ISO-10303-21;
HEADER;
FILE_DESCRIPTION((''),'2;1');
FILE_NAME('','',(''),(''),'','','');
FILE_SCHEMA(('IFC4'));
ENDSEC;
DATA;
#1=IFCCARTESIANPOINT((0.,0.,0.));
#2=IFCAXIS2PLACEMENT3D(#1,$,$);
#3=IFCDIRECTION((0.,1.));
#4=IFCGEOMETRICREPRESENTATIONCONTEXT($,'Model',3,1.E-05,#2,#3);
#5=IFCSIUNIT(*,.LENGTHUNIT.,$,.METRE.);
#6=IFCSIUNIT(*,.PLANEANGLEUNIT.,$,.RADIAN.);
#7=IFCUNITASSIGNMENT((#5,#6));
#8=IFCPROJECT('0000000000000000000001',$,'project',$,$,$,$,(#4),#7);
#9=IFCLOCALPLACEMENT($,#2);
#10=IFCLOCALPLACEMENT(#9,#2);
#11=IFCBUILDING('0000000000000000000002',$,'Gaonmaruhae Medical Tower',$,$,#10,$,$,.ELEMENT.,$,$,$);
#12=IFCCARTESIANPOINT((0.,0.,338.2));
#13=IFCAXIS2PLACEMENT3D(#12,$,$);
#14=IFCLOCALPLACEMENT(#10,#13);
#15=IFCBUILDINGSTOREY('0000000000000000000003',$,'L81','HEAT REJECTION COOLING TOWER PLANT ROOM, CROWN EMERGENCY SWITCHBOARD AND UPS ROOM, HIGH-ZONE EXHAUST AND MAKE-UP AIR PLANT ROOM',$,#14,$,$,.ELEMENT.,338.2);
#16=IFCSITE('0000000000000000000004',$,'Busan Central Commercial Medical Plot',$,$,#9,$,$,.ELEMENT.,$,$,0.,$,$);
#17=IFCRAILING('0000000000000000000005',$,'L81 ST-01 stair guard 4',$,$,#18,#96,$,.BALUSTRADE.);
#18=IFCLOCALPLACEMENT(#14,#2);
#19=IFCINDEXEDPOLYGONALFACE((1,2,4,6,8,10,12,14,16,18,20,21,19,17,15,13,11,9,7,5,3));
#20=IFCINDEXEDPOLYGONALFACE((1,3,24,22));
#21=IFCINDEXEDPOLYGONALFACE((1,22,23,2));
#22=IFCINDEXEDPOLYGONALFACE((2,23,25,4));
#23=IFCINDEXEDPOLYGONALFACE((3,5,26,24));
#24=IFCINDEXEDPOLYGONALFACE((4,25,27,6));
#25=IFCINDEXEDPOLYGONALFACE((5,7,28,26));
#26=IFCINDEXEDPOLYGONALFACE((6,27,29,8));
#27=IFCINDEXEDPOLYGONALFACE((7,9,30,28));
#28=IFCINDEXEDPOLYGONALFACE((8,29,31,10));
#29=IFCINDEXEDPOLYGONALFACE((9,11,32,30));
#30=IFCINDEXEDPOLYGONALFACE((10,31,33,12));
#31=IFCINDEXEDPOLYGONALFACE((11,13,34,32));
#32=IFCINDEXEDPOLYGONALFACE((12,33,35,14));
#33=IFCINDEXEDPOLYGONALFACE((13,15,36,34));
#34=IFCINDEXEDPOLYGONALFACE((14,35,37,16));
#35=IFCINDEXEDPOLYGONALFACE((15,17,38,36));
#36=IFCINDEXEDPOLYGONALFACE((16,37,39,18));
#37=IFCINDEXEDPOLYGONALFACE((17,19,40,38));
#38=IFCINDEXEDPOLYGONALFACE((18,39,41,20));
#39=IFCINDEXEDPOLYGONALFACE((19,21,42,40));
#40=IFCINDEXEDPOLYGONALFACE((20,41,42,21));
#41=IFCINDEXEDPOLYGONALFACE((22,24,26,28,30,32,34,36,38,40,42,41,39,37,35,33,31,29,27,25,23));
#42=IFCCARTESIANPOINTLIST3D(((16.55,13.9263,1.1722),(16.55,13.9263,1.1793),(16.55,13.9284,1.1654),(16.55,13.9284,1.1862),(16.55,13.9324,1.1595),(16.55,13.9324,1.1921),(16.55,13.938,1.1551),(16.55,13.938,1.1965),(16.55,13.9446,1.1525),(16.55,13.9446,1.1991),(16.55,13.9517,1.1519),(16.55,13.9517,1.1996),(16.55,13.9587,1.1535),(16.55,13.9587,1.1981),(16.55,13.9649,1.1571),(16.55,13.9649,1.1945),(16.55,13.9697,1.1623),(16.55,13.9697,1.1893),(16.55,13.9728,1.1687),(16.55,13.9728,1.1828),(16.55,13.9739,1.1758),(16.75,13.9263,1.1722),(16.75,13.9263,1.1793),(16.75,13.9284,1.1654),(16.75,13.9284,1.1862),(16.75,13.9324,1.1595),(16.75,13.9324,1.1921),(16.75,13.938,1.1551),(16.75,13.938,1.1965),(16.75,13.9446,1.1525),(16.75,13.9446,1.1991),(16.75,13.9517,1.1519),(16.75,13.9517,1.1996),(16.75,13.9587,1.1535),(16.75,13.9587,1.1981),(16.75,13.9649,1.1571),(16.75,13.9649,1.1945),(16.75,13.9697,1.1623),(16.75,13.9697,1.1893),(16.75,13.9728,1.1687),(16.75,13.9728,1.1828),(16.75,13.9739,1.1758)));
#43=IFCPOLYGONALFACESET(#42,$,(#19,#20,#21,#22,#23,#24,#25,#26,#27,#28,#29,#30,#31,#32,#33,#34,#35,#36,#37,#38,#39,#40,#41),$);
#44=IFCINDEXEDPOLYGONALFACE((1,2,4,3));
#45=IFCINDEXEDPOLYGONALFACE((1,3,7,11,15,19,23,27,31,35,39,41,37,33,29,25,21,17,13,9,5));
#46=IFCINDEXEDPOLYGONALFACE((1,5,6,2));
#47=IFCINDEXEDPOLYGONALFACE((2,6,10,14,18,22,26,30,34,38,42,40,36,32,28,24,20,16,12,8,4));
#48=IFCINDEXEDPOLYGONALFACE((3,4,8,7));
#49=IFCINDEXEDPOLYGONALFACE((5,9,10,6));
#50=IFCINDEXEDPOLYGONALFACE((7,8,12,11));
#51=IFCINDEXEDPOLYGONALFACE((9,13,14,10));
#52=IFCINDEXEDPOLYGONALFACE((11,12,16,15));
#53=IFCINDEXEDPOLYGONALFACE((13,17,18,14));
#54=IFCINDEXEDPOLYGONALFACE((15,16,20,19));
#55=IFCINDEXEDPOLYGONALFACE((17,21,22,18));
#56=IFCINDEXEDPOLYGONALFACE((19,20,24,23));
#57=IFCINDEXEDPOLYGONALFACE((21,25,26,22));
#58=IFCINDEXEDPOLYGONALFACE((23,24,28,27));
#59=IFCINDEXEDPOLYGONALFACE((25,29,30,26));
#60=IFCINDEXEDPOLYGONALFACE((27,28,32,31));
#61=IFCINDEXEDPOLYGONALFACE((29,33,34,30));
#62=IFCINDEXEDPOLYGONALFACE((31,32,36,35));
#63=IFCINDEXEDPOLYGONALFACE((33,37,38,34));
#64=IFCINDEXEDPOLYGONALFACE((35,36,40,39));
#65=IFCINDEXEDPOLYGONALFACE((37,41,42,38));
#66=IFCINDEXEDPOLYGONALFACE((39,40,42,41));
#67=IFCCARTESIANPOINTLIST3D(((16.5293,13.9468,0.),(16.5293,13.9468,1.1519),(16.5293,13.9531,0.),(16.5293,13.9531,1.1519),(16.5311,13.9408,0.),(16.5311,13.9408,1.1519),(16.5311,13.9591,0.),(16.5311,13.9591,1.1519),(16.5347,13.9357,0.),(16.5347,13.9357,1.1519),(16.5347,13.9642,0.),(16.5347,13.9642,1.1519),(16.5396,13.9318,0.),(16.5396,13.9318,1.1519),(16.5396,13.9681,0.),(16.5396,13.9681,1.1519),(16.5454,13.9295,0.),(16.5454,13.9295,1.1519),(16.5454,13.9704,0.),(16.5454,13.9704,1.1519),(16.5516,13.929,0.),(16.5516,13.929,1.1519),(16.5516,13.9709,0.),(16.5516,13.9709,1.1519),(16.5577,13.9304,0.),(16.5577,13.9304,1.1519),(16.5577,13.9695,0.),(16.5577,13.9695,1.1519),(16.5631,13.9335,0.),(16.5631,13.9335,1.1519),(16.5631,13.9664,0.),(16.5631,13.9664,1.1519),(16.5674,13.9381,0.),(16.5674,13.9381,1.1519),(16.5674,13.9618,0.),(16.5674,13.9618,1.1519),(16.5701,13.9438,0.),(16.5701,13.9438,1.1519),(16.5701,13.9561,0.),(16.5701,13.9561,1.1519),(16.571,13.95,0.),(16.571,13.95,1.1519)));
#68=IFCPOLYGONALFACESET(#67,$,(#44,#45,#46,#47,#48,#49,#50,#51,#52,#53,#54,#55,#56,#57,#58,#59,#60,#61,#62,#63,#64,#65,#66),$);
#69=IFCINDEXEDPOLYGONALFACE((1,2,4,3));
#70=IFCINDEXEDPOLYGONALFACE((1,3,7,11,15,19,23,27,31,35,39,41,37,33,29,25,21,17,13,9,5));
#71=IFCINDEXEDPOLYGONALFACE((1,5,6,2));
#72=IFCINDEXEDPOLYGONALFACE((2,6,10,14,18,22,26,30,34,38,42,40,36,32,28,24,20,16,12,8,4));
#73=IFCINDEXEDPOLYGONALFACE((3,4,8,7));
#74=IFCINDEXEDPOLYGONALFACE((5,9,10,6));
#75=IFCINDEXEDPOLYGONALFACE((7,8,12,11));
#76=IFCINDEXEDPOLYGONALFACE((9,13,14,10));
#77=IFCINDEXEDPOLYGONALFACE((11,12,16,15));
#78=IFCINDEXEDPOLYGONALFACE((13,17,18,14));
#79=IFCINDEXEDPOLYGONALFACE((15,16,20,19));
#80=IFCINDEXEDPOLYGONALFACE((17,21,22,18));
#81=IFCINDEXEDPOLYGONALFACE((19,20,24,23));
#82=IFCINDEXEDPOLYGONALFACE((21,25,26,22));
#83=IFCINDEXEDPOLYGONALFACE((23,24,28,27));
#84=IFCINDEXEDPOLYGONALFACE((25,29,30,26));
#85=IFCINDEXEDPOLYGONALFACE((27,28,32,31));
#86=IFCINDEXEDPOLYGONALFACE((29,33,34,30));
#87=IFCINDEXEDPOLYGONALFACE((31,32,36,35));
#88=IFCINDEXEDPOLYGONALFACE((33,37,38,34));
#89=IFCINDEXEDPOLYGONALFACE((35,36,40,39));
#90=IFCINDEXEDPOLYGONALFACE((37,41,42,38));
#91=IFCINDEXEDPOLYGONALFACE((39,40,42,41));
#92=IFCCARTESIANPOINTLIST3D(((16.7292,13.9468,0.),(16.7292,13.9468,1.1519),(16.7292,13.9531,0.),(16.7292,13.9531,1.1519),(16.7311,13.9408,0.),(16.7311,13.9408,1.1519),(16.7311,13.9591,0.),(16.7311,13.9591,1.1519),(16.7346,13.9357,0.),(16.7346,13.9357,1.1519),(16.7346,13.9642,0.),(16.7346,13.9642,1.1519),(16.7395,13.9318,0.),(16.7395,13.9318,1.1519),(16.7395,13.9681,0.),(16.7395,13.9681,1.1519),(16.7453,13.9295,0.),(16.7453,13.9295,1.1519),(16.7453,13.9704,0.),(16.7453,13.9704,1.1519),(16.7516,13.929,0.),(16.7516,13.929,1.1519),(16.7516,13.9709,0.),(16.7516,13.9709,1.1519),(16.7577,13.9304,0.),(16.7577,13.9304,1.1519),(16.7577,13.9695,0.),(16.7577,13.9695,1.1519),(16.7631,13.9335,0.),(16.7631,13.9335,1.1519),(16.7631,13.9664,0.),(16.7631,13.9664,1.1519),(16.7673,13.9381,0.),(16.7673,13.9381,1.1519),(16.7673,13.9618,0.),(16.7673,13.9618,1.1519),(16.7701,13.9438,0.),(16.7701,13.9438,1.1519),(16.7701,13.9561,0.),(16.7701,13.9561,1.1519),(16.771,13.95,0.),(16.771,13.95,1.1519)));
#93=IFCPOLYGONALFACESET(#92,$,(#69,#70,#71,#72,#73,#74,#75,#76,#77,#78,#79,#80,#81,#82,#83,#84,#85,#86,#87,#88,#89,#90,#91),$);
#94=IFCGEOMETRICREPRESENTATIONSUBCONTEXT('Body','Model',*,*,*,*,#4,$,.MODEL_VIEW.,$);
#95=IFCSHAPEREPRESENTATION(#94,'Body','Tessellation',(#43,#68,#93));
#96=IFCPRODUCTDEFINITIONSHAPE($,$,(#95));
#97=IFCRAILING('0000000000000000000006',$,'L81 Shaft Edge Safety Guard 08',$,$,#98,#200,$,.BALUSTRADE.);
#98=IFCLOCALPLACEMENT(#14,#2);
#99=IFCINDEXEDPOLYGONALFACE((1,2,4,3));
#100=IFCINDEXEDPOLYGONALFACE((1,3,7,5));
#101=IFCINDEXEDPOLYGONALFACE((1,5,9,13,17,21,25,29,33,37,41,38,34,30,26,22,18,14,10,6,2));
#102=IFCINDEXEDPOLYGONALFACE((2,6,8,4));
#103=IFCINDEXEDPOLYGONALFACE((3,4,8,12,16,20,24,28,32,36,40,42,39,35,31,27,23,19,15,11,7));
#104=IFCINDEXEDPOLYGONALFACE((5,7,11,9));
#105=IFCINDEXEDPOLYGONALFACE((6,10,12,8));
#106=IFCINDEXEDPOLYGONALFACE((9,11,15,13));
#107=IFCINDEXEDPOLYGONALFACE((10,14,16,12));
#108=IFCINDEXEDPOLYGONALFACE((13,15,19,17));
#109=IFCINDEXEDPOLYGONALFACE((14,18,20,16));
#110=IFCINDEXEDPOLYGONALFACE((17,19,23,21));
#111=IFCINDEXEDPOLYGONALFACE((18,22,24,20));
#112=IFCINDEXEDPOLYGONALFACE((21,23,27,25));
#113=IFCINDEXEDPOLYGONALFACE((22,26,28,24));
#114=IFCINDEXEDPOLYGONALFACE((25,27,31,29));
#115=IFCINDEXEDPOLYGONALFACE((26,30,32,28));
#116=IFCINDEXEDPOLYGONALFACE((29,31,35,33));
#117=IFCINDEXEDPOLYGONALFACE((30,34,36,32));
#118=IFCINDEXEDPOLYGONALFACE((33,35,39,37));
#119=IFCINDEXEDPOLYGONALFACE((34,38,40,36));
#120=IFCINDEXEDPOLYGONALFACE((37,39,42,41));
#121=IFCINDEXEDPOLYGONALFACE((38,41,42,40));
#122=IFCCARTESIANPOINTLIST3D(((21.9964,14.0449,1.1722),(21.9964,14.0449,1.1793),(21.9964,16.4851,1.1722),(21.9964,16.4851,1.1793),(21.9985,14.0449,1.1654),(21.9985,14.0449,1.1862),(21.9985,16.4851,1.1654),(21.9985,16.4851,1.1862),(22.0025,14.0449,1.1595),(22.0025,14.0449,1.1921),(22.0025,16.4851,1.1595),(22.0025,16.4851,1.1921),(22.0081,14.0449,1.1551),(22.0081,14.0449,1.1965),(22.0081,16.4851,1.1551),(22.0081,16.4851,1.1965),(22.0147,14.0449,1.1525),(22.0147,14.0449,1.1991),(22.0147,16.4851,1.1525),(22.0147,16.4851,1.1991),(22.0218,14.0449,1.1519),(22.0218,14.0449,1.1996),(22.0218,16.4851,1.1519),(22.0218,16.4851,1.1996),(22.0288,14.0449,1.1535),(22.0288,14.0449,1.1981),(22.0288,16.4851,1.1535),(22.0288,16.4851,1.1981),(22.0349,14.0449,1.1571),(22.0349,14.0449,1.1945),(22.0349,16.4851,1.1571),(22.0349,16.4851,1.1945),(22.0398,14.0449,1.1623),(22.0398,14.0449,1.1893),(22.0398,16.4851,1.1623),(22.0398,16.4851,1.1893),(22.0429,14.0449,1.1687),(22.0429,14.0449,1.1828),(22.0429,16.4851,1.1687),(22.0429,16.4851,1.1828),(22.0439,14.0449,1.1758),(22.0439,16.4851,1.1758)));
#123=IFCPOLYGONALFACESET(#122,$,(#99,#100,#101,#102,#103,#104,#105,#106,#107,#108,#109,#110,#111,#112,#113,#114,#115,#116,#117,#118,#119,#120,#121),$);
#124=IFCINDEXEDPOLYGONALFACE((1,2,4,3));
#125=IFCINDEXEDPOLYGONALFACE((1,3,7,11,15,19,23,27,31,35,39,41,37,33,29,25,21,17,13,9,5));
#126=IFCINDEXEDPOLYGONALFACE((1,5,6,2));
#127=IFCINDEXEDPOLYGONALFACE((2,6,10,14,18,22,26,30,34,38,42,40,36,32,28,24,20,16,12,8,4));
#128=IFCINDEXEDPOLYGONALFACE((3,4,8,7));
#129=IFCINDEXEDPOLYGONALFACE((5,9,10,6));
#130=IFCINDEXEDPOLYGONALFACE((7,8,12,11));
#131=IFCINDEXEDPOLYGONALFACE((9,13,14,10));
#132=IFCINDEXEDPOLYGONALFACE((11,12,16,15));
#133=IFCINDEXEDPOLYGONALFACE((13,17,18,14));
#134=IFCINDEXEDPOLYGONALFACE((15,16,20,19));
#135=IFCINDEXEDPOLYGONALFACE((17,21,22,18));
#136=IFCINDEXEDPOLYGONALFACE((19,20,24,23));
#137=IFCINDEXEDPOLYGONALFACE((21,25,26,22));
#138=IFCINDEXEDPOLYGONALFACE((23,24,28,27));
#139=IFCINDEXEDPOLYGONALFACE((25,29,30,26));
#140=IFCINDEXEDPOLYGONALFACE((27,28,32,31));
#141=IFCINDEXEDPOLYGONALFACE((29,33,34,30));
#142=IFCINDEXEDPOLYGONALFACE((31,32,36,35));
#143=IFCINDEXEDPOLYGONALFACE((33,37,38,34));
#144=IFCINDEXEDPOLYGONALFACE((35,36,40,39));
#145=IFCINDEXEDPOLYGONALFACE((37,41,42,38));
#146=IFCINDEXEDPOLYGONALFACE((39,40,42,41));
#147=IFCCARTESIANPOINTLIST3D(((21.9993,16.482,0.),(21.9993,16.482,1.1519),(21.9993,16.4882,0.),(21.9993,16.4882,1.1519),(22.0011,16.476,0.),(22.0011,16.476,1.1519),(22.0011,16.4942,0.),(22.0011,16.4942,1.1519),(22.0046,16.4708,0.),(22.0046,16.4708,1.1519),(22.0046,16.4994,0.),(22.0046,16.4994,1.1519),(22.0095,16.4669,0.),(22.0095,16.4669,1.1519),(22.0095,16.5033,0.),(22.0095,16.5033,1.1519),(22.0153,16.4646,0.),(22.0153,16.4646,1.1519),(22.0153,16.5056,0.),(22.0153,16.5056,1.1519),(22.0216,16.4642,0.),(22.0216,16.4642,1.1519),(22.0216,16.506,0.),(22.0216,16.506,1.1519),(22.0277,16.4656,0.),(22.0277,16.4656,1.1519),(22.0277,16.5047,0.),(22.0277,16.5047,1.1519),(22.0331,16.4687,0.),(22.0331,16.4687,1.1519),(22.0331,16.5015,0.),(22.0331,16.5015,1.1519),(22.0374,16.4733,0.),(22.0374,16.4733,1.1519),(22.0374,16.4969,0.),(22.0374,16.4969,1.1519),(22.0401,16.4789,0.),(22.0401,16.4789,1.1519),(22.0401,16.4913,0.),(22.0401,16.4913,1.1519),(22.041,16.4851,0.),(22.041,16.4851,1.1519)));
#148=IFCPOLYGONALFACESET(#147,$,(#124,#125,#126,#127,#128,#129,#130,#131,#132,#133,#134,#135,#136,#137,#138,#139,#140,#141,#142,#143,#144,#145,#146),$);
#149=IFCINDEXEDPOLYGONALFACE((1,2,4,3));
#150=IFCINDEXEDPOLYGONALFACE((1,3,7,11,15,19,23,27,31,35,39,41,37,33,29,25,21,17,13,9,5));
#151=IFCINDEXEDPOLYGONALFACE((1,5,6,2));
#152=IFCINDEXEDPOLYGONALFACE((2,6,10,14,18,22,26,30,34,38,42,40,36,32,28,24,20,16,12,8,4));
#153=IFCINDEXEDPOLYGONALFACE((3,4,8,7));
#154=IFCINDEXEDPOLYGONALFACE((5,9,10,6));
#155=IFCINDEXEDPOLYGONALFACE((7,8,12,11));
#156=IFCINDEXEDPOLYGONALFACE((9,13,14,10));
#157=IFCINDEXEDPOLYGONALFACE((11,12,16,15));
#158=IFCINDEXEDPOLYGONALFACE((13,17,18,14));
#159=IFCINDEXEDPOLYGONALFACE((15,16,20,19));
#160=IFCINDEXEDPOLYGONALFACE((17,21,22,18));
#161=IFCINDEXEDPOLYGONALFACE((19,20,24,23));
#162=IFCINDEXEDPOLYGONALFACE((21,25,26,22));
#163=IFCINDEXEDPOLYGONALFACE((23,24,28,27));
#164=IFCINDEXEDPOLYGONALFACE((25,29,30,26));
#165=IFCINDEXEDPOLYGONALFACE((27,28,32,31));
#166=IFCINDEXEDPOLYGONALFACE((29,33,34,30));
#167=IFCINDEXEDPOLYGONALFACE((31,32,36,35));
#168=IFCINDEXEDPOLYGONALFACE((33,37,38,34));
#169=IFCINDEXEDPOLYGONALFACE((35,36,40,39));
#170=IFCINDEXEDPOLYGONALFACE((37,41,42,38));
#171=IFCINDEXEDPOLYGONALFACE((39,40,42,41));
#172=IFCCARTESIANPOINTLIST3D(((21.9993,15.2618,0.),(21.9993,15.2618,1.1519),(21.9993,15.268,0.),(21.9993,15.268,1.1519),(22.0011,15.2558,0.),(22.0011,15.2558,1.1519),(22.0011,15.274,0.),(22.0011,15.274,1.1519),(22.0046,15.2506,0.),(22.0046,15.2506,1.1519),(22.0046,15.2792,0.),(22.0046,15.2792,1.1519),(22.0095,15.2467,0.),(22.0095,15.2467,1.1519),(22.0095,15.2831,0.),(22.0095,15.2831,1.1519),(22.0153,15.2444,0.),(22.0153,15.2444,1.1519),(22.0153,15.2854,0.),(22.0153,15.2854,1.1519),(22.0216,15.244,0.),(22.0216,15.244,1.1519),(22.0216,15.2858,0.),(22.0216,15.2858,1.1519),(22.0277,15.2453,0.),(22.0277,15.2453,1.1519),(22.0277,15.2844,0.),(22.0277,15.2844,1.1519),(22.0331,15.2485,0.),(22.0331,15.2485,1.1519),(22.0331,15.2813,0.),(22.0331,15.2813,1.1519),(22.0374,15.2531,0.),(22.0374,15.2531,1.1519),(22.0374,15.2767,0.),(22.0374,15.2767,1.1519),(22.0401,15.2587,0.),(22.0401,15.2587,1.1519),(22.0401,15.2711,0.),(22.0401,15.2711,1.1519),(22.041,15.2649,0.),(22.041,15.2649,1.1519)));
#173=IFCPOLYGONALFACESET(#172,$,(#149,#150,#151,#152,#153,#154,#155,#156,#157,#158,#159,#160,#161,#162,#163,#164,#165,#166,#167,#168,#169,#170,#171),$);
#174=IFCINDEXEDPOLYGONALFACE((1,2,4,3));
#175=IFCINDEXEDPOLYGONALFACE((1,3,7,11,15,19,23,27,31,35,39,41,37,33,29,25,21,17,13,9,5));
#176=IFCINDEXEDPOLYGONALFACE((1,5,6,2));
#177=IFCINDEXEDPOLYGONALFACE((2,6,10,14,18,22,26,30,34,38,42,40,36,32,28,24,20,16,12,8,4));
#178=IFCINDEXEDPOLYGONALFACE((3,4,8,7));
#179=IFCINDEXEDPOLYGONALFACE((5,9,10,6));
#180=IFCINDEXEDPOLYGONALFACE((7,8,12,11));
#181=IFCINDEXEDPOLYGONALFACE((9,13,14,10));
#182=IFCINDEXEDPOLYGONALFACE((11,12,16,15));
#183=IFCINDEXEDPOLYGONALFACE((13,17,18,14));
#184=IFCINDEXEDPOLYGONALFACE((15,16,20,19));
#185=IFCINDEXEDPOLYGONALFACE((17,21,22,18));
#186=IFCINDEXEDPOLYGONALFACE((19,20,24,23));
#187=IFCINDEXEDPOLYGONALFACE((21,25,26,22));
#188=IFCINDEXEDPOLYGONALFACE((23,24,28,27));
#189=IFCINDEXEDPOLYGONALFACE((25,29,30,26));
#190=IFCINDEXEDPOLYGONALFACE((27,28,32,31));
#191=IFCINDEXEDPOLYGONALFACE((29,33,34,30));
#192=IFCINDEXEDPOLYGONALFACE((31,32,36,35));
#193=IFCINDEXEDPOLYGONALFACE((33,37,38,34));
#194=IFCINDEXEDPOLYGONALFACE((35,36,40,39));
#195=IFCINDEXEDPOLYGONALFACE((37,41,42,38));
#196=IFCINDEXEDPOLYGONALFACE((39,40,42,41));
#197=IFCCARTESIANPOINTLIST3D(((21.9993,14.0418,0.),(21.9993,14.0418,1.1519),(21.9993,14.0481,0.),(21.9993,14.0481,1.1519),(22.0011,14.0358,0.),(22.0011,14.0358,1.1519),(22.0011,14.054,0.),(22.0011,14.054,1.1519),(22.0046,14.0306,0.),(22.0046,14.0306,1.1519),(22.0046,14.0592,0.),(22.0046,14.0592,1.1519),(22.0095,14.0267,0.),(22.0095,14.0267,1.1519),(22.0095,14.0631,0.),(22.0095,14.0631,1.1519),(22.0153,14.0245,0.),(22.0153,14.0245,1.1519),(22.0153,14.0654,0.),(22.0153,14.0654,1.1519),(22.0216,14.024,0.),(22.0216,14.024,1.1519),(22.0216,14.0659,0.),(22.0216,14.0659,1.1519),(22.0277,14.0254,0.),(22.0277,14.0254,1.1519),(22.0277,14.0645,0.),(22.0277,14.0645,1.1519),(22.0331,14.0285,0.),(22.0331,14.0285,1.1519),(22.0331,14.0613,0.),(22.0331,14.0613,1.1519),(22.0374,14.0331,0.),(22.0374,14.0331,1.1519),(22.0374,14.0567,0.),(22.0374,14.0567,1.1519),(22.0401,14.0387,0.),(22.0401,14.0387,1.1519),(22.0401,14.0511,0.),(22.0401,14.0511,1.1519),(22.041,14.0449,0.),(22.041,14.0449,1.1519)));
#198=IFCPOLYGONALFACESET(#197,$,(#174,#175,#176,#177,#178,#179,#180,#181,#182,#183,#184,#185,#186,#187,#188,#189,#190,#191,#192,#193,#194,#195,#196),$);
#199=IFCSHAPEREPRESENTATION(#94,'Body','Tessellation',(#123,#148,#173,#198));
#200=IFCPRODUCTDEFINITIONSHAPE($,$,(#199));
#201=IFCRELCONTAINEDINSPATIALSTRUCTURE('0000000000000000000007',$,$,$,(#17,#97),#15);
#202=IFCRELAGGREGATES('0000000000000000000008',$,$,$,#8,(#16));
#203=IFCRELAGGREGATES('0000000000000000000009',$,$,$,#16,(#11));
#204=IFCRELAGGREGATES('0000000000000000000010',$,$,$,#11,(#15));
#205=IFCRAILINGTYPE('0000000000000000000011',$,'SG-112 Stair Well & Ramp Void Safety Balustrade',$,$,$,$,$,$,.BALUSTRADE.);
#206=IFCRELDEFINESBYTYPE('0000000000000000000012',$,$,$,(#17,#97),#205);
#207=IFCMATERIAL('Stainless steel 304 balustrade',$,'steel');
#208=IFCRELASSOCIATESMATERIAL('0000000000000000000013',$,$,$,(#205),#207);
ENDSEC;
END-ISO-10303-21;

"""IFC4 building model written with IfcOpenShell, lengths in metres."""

from ifc_helpers import new_model, si_unit, direction, frame, origin, origin_2d, place, context, subcontext, project, spatial, circle, extrude, material, type_object, element, save


model = new_model("IFC4")

# Units and contexts
model_context = context("Model", 3, precision=1e-05, world=origin(), true_north=direction((0.0, 1.0)))
body_context = subcontext(model_context, "Body", "Model", "MODEL_VIEW")
ifc_project = project(units=[si_unit("LENGTHUNIT", "METRE"), si_unit("PLANEANGLEUNIT", "RADIAN")], contexts=[model_context])

# Site, building, storey
site_placement = place(None, origin())
site = spatial("IfcSite", under=ifc_project, at=site_placement, Name="Busan Central Commercial Medical Plot", CompositionType="ELEMENT", RefElevation=0.0)
building_placement = place(site_placement, origin())
building = spatial("IfcBuilding", under=site, at=building_placement, Name="Gaonmaruhae Medical Tower", CompositionType="ELEMENT")
storey_placement = place(building_placement, frame((0.0, 0.0, 338.2)))
storey = spatial("IfcBuildingStorey", under=building, at=storey_placement, Name="L81", Description="HEAT REJECTION COOLING TOWER PLANT ROOM, CROWN EMERGENCY SWITCHBOARD AND UPS ROOM, HIGH-ZONE EXHAUST AND MAKE-UP AIR PLANT ROOM", CompositionType="ELEMENT", Elevation=338.2)

# Railings
ifc_material_1 = material(Name="Stainless steel 304 balustrade", Category="steel")
railing_type = type_object("IfcRailingType", Name="SG-112 Stair Well & Ramp Void Safety Balustrade", PredefinedType="BALUSTRADE", material=ifc_material_1)
railing_1_placement = place(storey_placement, frame((16.55, 13.95, 0.0)))
element("IfcRailing", 1, at=railing_1_placement, inside=storey, type_object=railing_type, Name="L81 ST-01 stair guard 4", PredefinedType="BALUSTRADE", context=body_context, shape_type="SweptSolid", body=[
    extrude(circle(Radius=0.0239, at=origin_2d()), frame((0.0, 0.0, 1.1758), z_axis=(1.0, 0.0, 0.0), x_axis=(0.0, 1.0, 0.0)), (0.0, 0.0, 1.0), 0.2),
    extrude(circle(Radius=0.021, at=origin_2d()), origin(), (0.0, 0.0, 1.0), 1.1519),
    extrude(circle(Radius=0.021, at=origin_2d()), frame((0.2, 0.0, 0.0)), (0.0, 0.0, 1.0), 1.1519),
])
railing_2_placement = place(storey_placement, frame((22.02, 16.4851, 0.0)))
element("IfcRailing", 2, at=railing_2_placement, inside=storey, type_object=railing_type, Name="L81 Shaft Edge Safety Guard 08", PredefinedType="BALUSTRADE", context=body_context, shape_type="SweptSolid", body=[
    extrude(circle(Radius=0.0239, at=origin_2d()), frame((0.0, 0.0, 1.1758), z_axis=(0.0, -1.0, 0.0), x_axis=(1.0, 0.0, 0.0)), (0.0, 0.0, 1.0), 2.4402),
    extrude(circle(Radius=0.021, at=origin_2d()), origin(), (0.0, 0.0, 1.0), 1.1519),
    extrude(circle(Radius=0.021, at=origin_2d()), frame((0.0, -1.2202, 0.0)), (0.0, 0.0, 1.0), 1.1519),
    extrude(circle(Radius=0.021, at=origin_2d()), frame((0.0, -2.4402, 0.0)), (0.0, 0.0, 1.0), 1.1519),
])

save(model, "model.ifc")
